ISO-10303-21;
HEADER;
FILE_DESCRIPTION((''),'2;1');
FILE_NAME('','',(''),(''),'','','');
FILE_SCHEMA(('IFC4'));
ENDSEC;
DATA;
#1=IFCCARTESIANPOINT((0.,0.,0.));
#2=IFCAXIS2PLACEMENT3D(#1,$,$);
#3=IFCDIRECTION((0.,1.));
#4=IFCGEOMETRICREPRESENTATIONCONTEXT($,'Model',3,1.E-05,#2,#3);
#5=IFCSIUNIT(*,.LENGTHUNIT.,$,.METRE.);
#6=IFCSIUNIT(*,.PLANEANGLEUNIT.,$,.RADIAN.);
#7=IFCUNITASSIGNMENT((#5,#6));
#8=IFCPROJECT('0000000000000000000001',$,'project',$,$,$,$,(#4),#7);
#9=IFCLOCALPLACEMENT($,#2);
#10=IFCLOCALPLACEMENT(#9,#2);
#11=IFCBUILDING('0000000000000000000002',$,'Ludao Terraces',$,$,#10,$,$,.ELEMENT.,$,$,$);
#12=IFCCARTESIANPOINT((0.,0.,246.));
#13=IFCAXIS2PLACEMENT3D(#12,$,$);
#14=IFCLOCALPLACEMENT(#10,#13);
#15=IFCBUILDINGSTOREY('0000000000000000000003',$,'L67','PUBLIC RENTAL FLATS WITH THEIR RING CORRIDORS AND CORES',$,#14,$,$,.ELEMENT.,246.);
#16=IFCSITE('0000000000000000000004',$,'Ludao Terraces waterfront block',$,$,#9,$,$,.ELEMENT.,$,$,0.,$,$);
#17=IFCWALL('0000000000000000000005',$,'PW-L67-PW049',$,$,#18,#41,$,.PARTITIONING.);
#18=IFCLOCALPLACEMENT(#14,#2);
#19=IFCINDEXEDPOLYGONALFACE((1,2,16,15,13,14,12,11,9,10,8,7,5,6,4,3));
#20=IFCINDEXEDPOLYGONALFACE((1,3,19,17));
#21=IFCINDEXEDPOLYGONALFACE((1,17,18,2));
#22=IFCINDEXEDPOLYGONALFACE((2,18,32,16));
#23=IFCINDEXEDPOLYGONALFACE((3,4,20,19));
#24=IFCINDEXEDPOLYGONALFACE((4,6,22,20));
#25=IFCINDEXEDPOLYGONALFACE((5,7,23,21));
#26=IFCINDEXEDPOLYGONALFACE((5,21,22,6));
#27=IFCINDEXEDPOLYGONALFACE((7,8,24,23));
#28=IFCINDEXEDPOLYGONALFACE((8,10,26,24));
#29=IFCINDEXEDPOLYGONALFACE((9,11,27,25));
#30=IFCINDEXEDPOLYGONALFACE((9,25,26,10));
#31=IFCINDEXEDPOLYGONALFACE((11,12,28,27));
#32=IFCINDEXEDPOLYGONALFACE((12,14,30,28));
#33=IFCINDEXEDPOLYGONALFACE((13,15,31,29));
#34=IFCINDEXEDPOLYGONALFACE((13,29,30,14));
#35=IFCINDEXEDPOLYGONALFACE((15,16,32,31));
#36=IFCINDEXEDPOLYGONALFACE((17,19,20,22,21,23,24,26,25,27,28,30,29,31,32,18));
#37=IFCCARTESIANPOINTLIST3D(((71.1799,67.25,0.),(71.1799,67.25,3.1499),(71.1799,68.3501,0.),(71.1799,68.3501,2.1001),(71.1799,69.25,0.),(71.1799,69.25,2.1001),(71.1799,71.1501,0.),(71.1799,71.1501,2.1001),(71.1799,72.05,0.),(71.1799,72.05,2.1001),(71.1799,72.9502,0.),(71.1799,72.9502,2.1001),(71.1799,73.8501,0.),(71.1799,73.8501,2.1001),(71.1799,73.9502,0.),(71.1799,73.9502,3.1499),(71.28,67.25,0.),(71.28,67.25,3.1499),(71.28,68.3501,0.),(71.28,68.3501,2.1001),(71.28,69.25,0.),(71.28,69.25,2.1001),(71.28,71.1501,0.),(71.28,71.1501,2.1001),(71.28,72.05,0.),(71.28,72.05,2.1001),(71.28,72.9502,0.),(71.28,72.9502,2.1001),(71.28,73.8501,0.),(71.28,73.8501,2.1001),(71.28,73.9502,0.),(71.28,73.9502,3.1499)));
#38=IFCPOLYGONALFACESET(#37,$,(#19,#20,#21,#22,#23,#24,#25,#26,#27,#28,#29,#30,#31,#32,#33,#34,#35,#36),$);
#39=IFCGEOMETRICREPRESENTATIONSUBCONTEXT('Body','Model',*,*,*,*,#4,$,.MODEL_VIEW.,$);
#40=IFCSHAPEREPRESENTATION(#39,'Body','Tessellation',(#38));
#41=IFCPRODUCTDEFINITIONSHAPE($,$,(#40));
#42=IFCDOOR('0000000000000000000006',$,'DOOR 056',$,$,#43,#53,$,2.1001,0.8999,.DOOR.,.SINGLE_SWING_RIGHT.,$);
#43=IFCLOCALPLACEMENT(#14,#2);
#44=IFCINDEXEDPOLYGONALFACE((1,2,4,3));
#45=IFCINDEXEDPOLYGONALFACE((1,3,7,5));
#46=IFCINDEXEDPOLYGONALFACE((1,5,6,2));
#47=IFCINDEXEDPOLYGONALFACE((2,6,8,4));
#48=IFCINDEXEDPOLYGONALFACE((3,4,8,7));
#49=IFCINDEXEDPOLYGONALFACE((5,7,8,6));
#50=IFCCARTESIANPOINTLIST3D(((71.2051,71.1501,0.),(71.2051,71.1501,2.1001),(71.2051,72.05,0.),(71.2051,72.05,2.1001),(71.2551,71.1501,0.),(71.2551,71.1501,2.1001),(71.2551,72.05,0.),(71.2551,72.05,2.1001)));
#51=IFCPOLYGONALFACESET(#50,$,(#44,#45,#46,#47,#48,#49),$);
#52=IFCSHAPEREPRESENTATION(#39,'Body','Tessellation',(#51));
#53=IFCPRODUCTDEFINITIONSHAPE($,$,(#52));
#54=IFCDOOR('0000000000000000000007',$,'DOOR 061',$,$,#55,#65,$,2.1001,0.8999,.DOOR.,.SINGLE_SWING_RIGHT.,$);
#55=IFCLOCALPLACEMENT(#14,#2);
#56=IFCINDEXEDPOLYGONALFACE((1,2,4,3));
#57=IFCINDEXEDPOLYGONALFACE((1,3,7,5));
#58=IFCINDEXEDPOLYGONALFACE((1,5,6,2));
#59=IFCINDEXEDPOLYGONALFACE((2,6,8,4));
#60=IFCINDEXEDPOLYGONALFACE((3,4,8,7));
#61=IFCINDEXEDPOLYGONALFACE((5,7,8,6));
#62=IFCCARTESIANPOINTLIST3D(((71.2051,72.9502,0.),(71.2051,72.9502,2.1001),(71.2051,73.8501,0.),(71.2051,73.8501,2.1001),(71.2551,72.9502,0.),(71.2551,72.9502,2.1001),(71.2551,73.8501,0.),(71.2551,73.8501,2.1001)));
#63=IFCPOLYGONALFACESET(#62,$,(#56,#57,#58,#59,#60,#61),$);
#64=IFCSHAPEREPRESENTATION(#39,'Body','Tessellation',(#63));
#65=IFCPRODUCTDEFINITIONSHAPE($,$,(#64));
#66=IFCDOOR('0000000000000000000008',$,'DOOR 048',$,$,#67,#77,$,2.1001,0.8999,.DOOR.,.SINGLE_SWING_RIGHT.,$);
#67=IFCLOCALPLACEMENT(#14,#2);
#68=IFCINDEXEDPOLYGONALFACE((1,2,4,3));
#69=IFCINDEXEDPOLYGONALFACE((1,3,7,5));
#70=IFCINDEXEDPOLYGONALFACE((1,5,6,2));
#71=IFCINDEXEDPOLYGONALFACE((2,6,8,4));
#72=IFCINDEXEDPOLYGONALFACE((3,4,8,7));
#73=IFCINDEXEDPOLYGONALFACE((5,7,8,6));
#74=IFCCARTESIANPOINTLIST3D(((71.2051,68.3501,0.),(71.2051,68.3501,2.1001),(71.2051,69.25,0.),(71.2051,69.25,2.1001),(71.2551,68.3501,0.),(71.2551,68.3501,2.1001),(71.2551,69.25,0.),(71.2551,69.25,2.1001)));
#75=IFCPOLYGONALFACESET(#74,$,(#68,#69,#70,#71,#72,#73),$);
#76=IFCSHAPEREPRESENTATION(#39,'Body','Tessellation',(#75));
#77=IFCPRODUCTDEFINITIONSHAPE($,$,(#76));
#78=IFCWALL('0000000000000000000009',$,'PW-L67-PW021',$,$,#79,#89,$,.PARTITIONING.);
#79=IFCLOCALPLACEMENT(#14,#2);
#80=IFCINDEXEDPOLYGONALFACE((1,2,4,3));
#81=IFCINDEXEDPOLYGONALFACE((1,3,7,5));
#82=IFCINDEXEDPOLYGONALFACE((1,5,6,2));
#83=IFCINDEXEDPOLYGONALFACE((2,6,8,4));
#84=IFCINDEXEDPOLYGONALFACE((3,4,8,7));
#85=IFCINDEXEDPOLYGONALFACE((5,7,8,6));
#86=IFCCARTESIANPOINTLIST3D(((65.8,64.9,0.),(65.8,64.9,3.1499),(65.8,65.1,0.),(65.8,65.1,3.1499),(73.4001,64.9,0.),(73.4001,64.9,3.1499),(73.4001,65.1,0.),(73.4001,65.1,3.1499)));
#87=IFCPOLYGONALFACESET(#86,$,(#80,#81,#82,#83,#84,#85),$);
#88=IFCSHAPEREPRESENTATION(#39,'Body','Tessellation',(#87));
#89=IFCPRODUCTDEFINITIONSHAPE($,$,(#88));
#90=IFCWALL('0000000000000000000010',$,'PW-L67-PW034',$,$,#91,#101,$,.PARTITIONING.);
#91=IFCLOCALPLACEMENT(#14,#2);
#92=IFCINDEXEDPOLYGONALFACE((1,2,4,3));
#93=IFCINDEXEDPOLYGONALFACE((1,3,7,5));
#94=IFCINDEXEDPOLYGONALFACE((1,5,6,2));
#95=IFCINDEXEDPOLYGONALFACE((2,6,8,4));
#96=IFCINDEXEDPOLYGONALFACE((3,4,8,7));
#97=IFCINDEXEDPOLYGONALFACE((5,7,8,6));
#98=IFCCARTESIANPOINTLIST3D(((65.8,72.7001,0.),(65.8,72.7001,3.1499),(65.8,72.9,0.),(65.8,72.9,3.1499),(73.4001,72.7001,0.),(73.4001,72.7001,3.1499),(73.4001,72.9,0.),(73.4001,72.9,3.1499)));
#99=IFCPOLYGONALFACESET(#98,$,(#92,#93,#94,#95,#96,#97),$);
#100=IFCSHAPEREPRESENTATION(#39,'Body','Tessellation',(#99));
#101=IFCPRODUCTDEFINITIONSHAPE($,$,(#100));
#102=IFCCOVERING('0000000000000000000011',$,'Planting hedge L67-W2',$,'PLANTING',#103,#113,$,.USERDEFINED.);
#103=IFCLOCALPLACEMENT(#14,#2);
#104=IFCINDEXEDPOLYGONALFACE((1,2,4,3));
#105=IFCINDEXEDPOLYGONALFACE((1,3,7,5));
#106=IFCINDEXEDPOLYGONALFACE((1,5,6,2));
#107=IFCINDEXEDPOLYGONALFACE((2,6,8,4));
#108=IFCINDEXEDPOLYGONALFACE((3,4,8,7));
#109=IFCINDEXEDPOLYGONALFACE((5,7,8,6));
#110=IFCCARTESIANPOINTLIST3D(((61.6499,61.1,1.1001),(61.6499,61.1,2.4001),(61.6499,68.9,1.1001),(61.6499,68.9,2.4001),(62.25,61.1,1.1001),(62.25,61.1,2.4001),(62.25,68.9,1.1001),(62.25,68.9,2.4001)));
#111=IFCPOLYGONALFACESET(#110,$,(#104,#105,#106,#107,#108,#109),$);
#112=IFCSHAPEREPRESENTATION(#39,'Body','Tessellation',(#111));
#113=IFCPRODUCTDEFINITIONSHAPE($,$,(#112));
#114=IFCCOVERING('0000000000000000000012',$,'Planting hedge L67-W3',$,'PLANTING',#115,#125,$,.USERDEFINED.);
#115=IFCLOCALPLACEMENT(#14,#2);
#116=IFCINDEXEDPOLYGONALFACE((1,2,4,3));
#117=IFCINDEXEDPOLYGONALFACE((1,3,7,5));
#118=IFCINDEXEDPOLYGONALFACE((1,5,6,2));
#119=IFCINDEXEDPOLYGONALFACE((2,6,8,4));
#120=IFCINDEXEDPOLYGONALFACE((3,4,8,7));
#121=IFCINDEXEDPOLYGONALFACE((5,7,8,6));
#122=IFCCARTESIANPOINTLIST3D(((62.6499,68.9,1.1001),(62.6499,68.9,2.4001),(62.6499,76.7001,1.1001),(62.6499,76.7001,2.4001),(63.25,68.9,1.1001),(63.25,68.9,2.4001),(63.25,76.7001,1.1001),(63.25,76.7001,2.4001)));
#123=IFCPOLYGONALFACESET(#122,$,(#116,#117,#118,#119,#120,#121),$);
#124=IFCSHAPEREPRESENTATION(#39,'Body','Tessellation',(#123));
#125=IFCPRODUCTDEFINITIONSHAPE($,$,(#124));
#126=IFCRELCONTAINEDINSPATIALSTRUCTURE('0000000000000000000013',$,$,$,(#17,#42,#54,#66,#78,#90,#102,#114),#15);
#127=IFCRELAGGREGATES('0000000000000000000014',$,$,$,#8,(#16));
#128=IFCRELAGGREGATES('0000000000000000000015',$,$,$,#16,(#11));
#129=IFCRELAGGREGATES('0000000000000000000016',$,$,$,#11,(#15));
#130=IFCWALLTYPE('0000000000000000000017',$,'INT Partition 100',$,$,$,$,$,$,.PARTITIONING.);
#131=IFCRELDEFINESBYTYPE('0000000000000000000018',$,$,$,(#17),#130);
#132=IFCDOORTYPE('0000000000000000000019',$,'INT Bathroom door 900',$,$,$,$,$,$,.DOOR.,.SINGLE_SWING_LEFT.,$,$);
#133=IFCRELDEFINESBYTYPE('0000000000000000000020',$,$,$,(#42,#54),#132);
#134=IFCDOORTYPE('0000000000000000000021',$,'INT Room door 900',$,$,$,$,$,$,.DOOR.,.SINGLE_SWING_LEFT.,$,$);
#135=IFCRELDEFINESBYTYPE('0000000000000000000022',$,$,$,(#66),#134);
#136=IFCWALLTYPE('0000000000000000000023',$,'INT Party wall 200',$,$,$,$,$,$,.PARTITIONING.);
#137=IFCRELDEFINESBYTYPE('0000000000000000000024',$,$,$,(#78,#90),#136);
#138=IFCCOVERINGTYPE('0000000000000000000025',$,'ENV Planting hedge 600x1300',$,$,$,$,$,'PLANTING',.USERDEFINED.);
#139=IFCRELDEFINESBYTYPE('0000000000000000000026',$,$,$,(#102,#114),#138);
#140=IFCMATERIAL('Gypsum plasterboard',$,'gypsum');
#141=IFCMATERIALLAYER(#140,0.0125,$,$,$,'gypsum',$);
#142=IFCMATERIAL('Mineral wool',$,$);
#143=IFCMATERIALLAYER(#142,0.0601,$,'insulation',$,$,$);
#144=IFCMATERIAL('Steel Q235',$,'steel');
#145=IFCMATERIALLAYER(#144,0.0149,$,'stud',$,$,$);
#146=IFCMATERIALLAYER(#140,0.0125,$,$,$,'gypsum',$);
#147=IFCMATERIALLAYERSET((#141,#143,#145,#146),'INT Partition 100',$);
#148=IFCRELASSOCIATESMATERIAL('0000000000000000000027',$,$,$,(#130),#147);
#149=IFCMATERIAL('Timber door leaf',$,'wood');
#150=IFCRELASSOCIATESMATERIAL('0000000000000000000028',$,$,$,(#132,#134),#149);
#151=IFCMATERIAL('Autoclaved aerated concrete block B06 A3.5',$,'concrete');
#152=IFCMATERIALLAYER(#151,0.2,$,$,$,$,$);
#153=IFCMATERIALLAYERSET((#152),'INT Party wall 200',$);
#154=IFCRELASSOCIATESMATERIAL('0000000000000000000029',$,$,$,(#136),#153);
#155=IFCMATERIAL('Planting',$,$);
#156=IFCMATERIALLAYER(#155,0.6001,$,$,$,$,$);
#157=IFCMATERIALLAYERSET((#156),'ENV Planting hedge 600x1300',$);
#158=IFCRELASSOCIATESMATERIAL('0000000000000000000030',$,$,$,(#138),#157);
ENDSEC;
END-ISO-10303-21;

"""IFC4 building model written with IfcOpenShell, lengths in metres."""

from ifc_helpers import new_model, si_unit, direction, frame, frame_2d, origin, origin_2d, place, context, subcontext, project, spatial, rectangle, extrude, material, layer, layer_set, type_object, element, fill, save


model = new_model("IFC4")

# Units and contexts
model_context = context("Model", 3, precision=1e-05, world=origin(), true_north=direction((0.0, 1.0)))
body_context = subcontext(model_context, "Body", "Model", "MODEL_VIEW")
ifc_project = project(units=[si_unit("LENGTHUNIT", "METRE"), si_unit("PLANEANGLEUNIT", "RADIAN")], contexts=[model_context])

# Site, building, storey
site_placement = place(None, origin())
site = spatial("IfcSite", under=ifc_project, at=site_placement, Name="Ludao Terraces waterfront block", CompositionType="ELEMENT", RefElevation=0.0)
building_placement = place(site_placement, origin())
building = spatial("IfcBuilding", under=site, at=building_placement, Name="Ludao Terraces", CompositionType="ELEMENT")
storey_placement = place(building_placement, frame((0.0, 0.0, 246.0)))
storey = spatial("IfcBuildingStorey", under=building, at=storey_placement, Name="L67", Description="PUBLIC RENTAL FLATS WITH THEIR RING CORRIDORS AND CORES", CompositionType="ELEMENT", Elevation=246.0)

# Shared definitions
ifc_material_1 = material(Name="Mineral wool")

# Shared definitions
ifc_material_2 = material(Name="Gypsum plasterboard", Category="gypsum")
ifc_layer_1 = layer(ifc_material_2, 0.0125, Category="gypsum")
ifc_layer_2 = layer(ifc_material_1, 0.0601, Name="insulation")
ifc_material_3 = material(Name="Steel Q235", Category="steel")
ifc_layer_3 = layer(ifc_material_3, 0.0149, Name="stud")
ifc_layer_4 = layer(ifc_material_2, 0.0125, Category="gypsum")
ifc_layer_set_1 = layer_set([ifc_layer_1, ifc_layer_2, ifc_layer_3, ifc_layer_4], Name="INT Partition 100")
wall_type_1 = type_object("IfcWallType", Name="INT Partition 100", PredefinedType="PARTITIONING", material=ifc_layer_set_1)

# Wall, openings, doors
wall_1_placement = place(storey_placement, frame((71.23, 67.25, 0.0), z_axis=(0.0, 0.0, 1.0), x_axis=(0.0, 1.0, 0.0)))
wall_1 = element("IfcWall", 1, at=wall_1_placement, inside=storey, type_object=wall_type_1, Name="PW-L67-PW049", PredefinedType="PARTITIONING", context=body_context, shape_type="SweptSolid", body=[
    extrude(rectangle(XDim=6.7002, YDim=0.1001, at=frame_2d((3.3501, 0.0))), origin(), (0.0, 0.0, 1.0), 3.1499),
])
opening_1_placement = place(wall_1_placement, frame((1.1001, 0.0, 0.0)))
opening_1 = element("IfcOpeningElement", 2, at=opening_1_placement, cuts=wall_1, PredefinedType="OPENING", context=body_context, shape_type="SweptSolid", body=[
    extrude(rectangle(XDim=0.8999, YDim=2.1001, at=frame_2d((0.45, 1.05))), frame((0.0, 0.0601, 0.0), z_axis=(0.0, -1.0, 0.0), x_axis=(1.0, 0.0, 0.0)), (0.0, 0.0, 1.0), 0.1201),
])
opening_2_placement = place(wall_1_placement, frame((3.9001, 0.0, 0.0)))
opening_2 = element("IfcOpeningElement", 3, at=opening_2_placement, cuts=wall_1, PredefinedType="OPENING", context=body_context, shape_type="SweptSolid", body=[
    extrude(rectangle(XDim=0.8999, YDim=2.1001, at=frame_2d((0.45, 1.05))), frame((0.0, 0.0601, 0.0), z_axis=(0.0, -1.0, 0.0), x_axis=(1.0, 0.0, 0.0)), (0.0, 0.0, 1.0), 0.1201),
])
opening_3_placement = place(wall_1_placement, frame((5.7002, 0.0, 0.0)))
opening_3 = element("IfcOpeningElement", 4, at=opening_3_placement, cuts=wall_1, PredefinedType="OPENING", context=body_context, shape_type="SweptSolid", body=[
    extrude(rectangle(XDim=0.8999, YDim=2.1001, at=frame_2d((0.45, 1.05))), frame((0.0, 0.0601, 0.0), z_axis=(0.0, -1.0, 0.0), x_axis=(1.0, 0.0, 0.0)), (0.0, 0.0, 1.0), 0.1201),
])
ifc_material_4 = material(Name="Timber door leaf", Category="wood")
door_type_1 = type_object("IfcDoorType", Name="INT Bathroom door 900", OperationType="SINGLE_SWING_LEFT", PredefinedType="DOOR", material=ifc_material_4)
door_1_placement = place(opening_2_placement, origin())
door_1 = element("IfcDoor", 5, at=door_1_placement, inside=storey, type_object=door_type_1, Name="DOOR 056", OperationType="SINGLE_SWING_RIGHT", OverallHeight=2.1001, OverallWidth=0.8999, PredefinedType="DOOR", context=body_context, shape_type="SweptSolid", body=[
    extrude(rectangle(XDim=0.8999, YDim=2.1001, at=frame_2d((0.45, 1.05))), frame((0.0, 0.0249, 0.0), z_axis=(0.0, -1.0, 0.0), x_axis=(1.0, 0.0, 0.0)), (0.0, 0.0, 1.0), 0.05),
])
fill(opening_2, door_1)
door_2_placement = place(opening_3_placement, origin())
door_2 = element("IfcDoor", 6, at=door_2_placement, inside=storey, type_object=door_type_1, Name="DOOR 061", OperationType="SINGLE_SWING_RIGHT", OverallHeight=2.1001, OverallWidth=0.8999, PredefinedType="DOOR", context=body_context, shape_type="SweptSolid", body=[
    extrude(rectangle(XDim=0.8999, YDim=2.1001, at=frame_2d((0.45, 1.05))), frame((0.0, 0.0249, 0.0), z_axis=(0.0, -1.0, 0.0), x_axis=(1.0, 0.0, 0.0)), (0.0, 0.0, 1.0), 0.05),
])
fill(opening_3, door_2)
door_type_2 = type_object("IfcDoorType", Name="INT Room door 900", OperationType="SINGLE_SWING_LEFT", PredefinedType="DOOR", material=ifc_material_4)
door_3_placement = place(opening_1_placement, origin())
door_3 = element("IfcDoor", 7, at=door_3_placement, inside=storey, type_object=door_type_2, Name="DOOR 048", OperationType="SINGLE_SWING_RIGHT", OverallHeight=2.1001, OverallWidth=0.8999, PredefinedType="DOOR", context=body_context, shape_type="SweptSolid", body=[
    extrude(rectangle(XDim=0.8999, YDim=2.1001, at=frame_2d((0.45, 1.05))), frame((0.0, 0.0249, 0.0), z_axis=(0.0, -1.0, 0.0), x_axis=(1.0, 0.0, 0.0)), (0.0, 0.0, 1.0), 0.05),
])
fill(opening_1, door_3)

# Walls
ifc_material_5 = material(Name="Autoclaved aerated concrete block B06 A3.5", Category="concrete")
ifc_layer_5 = layer(ifc_material_5, 0.2)
ifc_layer_set_2 = layer_set([ifc_layer_5], Name="INT Party wall 200")
wall_type_2 = type_object("IfcWallType", Name="INT Party wall 200", PredefinedType="PARTITIONING", material=ifc_layer_set_2)
for number, where, z_axis, x_axis, name in (
    (8, (65.8, 65.0, 0.0), (0.0, 0.0, 1.0), (1.0, 0.0, 0.0), "PW-L67-PW021"),
    (9, (65.8, 72.8, 0.0), (0.0, 0.0, 1.0), (1.0, 0.0, 0.0), "PW-L67-PW034"),
):
    element("IfcWall", number, at=place(storey_placement, frame(where, z_axis=z_axis, x_axis=x_axis)), inside=storey, type_object=wall_type_2, Name=name, PredefinedType="PARTITIONING", context=body_context, shape_type="SweptSolid", body=[
        extrude(rectangle(XDim=7.6001, YDim=0.2, at=frame_2d((3.8, 0.0))), origin(), (0.0, 0.0, 1.0), 3.1499),
    ])

# Coverings
ifc_material_6 = material(Name="Planting")
ifc_layer_6 = layer(ifc_material_6, 0.6001)
ifc_layer_set_3 = layer_set([ifc_layer_6], Name="ENV Planting hedge 600x1300")
covering_type = type_object("IfcCoveringType", Name="ENV Planting hedge 600x1300", ElementType="PLANTING", PredefinedType="USERDEFINED", material=ifc_layer_set_3)
for number, where, z_axis, x_axis, name in (
    (10, (61.95, 65.0, 1.1001), (0.0, 0.0, 1.0), (1.0, 0.0, 0.0), "Planting hedge L67-W2"),
    (11, (62.95, 72.8, 1.1001), (0.0, 0.0, 1.0), (1.0, 0.0, 0.0), "Planting hedge L67-W3"),
):
    element("IfcCovering", number, at=place(storey_placement, frame(where, z_axis=z_axis, x_axis=x_axis)), inside=storey, type_object=covering_type, Name=name, ObjectType="PLANTING", PredefinedType="USERDEFINED", context=body_context, shape_type="SweptSolid", body=[
        extrude(rectangle(XDim=0.6001, YDim=7.8, at=origin_2d()), origin(), (0.0, 0.0, 1.0), 1.3),
    ])

save(model, "model.ifc")
